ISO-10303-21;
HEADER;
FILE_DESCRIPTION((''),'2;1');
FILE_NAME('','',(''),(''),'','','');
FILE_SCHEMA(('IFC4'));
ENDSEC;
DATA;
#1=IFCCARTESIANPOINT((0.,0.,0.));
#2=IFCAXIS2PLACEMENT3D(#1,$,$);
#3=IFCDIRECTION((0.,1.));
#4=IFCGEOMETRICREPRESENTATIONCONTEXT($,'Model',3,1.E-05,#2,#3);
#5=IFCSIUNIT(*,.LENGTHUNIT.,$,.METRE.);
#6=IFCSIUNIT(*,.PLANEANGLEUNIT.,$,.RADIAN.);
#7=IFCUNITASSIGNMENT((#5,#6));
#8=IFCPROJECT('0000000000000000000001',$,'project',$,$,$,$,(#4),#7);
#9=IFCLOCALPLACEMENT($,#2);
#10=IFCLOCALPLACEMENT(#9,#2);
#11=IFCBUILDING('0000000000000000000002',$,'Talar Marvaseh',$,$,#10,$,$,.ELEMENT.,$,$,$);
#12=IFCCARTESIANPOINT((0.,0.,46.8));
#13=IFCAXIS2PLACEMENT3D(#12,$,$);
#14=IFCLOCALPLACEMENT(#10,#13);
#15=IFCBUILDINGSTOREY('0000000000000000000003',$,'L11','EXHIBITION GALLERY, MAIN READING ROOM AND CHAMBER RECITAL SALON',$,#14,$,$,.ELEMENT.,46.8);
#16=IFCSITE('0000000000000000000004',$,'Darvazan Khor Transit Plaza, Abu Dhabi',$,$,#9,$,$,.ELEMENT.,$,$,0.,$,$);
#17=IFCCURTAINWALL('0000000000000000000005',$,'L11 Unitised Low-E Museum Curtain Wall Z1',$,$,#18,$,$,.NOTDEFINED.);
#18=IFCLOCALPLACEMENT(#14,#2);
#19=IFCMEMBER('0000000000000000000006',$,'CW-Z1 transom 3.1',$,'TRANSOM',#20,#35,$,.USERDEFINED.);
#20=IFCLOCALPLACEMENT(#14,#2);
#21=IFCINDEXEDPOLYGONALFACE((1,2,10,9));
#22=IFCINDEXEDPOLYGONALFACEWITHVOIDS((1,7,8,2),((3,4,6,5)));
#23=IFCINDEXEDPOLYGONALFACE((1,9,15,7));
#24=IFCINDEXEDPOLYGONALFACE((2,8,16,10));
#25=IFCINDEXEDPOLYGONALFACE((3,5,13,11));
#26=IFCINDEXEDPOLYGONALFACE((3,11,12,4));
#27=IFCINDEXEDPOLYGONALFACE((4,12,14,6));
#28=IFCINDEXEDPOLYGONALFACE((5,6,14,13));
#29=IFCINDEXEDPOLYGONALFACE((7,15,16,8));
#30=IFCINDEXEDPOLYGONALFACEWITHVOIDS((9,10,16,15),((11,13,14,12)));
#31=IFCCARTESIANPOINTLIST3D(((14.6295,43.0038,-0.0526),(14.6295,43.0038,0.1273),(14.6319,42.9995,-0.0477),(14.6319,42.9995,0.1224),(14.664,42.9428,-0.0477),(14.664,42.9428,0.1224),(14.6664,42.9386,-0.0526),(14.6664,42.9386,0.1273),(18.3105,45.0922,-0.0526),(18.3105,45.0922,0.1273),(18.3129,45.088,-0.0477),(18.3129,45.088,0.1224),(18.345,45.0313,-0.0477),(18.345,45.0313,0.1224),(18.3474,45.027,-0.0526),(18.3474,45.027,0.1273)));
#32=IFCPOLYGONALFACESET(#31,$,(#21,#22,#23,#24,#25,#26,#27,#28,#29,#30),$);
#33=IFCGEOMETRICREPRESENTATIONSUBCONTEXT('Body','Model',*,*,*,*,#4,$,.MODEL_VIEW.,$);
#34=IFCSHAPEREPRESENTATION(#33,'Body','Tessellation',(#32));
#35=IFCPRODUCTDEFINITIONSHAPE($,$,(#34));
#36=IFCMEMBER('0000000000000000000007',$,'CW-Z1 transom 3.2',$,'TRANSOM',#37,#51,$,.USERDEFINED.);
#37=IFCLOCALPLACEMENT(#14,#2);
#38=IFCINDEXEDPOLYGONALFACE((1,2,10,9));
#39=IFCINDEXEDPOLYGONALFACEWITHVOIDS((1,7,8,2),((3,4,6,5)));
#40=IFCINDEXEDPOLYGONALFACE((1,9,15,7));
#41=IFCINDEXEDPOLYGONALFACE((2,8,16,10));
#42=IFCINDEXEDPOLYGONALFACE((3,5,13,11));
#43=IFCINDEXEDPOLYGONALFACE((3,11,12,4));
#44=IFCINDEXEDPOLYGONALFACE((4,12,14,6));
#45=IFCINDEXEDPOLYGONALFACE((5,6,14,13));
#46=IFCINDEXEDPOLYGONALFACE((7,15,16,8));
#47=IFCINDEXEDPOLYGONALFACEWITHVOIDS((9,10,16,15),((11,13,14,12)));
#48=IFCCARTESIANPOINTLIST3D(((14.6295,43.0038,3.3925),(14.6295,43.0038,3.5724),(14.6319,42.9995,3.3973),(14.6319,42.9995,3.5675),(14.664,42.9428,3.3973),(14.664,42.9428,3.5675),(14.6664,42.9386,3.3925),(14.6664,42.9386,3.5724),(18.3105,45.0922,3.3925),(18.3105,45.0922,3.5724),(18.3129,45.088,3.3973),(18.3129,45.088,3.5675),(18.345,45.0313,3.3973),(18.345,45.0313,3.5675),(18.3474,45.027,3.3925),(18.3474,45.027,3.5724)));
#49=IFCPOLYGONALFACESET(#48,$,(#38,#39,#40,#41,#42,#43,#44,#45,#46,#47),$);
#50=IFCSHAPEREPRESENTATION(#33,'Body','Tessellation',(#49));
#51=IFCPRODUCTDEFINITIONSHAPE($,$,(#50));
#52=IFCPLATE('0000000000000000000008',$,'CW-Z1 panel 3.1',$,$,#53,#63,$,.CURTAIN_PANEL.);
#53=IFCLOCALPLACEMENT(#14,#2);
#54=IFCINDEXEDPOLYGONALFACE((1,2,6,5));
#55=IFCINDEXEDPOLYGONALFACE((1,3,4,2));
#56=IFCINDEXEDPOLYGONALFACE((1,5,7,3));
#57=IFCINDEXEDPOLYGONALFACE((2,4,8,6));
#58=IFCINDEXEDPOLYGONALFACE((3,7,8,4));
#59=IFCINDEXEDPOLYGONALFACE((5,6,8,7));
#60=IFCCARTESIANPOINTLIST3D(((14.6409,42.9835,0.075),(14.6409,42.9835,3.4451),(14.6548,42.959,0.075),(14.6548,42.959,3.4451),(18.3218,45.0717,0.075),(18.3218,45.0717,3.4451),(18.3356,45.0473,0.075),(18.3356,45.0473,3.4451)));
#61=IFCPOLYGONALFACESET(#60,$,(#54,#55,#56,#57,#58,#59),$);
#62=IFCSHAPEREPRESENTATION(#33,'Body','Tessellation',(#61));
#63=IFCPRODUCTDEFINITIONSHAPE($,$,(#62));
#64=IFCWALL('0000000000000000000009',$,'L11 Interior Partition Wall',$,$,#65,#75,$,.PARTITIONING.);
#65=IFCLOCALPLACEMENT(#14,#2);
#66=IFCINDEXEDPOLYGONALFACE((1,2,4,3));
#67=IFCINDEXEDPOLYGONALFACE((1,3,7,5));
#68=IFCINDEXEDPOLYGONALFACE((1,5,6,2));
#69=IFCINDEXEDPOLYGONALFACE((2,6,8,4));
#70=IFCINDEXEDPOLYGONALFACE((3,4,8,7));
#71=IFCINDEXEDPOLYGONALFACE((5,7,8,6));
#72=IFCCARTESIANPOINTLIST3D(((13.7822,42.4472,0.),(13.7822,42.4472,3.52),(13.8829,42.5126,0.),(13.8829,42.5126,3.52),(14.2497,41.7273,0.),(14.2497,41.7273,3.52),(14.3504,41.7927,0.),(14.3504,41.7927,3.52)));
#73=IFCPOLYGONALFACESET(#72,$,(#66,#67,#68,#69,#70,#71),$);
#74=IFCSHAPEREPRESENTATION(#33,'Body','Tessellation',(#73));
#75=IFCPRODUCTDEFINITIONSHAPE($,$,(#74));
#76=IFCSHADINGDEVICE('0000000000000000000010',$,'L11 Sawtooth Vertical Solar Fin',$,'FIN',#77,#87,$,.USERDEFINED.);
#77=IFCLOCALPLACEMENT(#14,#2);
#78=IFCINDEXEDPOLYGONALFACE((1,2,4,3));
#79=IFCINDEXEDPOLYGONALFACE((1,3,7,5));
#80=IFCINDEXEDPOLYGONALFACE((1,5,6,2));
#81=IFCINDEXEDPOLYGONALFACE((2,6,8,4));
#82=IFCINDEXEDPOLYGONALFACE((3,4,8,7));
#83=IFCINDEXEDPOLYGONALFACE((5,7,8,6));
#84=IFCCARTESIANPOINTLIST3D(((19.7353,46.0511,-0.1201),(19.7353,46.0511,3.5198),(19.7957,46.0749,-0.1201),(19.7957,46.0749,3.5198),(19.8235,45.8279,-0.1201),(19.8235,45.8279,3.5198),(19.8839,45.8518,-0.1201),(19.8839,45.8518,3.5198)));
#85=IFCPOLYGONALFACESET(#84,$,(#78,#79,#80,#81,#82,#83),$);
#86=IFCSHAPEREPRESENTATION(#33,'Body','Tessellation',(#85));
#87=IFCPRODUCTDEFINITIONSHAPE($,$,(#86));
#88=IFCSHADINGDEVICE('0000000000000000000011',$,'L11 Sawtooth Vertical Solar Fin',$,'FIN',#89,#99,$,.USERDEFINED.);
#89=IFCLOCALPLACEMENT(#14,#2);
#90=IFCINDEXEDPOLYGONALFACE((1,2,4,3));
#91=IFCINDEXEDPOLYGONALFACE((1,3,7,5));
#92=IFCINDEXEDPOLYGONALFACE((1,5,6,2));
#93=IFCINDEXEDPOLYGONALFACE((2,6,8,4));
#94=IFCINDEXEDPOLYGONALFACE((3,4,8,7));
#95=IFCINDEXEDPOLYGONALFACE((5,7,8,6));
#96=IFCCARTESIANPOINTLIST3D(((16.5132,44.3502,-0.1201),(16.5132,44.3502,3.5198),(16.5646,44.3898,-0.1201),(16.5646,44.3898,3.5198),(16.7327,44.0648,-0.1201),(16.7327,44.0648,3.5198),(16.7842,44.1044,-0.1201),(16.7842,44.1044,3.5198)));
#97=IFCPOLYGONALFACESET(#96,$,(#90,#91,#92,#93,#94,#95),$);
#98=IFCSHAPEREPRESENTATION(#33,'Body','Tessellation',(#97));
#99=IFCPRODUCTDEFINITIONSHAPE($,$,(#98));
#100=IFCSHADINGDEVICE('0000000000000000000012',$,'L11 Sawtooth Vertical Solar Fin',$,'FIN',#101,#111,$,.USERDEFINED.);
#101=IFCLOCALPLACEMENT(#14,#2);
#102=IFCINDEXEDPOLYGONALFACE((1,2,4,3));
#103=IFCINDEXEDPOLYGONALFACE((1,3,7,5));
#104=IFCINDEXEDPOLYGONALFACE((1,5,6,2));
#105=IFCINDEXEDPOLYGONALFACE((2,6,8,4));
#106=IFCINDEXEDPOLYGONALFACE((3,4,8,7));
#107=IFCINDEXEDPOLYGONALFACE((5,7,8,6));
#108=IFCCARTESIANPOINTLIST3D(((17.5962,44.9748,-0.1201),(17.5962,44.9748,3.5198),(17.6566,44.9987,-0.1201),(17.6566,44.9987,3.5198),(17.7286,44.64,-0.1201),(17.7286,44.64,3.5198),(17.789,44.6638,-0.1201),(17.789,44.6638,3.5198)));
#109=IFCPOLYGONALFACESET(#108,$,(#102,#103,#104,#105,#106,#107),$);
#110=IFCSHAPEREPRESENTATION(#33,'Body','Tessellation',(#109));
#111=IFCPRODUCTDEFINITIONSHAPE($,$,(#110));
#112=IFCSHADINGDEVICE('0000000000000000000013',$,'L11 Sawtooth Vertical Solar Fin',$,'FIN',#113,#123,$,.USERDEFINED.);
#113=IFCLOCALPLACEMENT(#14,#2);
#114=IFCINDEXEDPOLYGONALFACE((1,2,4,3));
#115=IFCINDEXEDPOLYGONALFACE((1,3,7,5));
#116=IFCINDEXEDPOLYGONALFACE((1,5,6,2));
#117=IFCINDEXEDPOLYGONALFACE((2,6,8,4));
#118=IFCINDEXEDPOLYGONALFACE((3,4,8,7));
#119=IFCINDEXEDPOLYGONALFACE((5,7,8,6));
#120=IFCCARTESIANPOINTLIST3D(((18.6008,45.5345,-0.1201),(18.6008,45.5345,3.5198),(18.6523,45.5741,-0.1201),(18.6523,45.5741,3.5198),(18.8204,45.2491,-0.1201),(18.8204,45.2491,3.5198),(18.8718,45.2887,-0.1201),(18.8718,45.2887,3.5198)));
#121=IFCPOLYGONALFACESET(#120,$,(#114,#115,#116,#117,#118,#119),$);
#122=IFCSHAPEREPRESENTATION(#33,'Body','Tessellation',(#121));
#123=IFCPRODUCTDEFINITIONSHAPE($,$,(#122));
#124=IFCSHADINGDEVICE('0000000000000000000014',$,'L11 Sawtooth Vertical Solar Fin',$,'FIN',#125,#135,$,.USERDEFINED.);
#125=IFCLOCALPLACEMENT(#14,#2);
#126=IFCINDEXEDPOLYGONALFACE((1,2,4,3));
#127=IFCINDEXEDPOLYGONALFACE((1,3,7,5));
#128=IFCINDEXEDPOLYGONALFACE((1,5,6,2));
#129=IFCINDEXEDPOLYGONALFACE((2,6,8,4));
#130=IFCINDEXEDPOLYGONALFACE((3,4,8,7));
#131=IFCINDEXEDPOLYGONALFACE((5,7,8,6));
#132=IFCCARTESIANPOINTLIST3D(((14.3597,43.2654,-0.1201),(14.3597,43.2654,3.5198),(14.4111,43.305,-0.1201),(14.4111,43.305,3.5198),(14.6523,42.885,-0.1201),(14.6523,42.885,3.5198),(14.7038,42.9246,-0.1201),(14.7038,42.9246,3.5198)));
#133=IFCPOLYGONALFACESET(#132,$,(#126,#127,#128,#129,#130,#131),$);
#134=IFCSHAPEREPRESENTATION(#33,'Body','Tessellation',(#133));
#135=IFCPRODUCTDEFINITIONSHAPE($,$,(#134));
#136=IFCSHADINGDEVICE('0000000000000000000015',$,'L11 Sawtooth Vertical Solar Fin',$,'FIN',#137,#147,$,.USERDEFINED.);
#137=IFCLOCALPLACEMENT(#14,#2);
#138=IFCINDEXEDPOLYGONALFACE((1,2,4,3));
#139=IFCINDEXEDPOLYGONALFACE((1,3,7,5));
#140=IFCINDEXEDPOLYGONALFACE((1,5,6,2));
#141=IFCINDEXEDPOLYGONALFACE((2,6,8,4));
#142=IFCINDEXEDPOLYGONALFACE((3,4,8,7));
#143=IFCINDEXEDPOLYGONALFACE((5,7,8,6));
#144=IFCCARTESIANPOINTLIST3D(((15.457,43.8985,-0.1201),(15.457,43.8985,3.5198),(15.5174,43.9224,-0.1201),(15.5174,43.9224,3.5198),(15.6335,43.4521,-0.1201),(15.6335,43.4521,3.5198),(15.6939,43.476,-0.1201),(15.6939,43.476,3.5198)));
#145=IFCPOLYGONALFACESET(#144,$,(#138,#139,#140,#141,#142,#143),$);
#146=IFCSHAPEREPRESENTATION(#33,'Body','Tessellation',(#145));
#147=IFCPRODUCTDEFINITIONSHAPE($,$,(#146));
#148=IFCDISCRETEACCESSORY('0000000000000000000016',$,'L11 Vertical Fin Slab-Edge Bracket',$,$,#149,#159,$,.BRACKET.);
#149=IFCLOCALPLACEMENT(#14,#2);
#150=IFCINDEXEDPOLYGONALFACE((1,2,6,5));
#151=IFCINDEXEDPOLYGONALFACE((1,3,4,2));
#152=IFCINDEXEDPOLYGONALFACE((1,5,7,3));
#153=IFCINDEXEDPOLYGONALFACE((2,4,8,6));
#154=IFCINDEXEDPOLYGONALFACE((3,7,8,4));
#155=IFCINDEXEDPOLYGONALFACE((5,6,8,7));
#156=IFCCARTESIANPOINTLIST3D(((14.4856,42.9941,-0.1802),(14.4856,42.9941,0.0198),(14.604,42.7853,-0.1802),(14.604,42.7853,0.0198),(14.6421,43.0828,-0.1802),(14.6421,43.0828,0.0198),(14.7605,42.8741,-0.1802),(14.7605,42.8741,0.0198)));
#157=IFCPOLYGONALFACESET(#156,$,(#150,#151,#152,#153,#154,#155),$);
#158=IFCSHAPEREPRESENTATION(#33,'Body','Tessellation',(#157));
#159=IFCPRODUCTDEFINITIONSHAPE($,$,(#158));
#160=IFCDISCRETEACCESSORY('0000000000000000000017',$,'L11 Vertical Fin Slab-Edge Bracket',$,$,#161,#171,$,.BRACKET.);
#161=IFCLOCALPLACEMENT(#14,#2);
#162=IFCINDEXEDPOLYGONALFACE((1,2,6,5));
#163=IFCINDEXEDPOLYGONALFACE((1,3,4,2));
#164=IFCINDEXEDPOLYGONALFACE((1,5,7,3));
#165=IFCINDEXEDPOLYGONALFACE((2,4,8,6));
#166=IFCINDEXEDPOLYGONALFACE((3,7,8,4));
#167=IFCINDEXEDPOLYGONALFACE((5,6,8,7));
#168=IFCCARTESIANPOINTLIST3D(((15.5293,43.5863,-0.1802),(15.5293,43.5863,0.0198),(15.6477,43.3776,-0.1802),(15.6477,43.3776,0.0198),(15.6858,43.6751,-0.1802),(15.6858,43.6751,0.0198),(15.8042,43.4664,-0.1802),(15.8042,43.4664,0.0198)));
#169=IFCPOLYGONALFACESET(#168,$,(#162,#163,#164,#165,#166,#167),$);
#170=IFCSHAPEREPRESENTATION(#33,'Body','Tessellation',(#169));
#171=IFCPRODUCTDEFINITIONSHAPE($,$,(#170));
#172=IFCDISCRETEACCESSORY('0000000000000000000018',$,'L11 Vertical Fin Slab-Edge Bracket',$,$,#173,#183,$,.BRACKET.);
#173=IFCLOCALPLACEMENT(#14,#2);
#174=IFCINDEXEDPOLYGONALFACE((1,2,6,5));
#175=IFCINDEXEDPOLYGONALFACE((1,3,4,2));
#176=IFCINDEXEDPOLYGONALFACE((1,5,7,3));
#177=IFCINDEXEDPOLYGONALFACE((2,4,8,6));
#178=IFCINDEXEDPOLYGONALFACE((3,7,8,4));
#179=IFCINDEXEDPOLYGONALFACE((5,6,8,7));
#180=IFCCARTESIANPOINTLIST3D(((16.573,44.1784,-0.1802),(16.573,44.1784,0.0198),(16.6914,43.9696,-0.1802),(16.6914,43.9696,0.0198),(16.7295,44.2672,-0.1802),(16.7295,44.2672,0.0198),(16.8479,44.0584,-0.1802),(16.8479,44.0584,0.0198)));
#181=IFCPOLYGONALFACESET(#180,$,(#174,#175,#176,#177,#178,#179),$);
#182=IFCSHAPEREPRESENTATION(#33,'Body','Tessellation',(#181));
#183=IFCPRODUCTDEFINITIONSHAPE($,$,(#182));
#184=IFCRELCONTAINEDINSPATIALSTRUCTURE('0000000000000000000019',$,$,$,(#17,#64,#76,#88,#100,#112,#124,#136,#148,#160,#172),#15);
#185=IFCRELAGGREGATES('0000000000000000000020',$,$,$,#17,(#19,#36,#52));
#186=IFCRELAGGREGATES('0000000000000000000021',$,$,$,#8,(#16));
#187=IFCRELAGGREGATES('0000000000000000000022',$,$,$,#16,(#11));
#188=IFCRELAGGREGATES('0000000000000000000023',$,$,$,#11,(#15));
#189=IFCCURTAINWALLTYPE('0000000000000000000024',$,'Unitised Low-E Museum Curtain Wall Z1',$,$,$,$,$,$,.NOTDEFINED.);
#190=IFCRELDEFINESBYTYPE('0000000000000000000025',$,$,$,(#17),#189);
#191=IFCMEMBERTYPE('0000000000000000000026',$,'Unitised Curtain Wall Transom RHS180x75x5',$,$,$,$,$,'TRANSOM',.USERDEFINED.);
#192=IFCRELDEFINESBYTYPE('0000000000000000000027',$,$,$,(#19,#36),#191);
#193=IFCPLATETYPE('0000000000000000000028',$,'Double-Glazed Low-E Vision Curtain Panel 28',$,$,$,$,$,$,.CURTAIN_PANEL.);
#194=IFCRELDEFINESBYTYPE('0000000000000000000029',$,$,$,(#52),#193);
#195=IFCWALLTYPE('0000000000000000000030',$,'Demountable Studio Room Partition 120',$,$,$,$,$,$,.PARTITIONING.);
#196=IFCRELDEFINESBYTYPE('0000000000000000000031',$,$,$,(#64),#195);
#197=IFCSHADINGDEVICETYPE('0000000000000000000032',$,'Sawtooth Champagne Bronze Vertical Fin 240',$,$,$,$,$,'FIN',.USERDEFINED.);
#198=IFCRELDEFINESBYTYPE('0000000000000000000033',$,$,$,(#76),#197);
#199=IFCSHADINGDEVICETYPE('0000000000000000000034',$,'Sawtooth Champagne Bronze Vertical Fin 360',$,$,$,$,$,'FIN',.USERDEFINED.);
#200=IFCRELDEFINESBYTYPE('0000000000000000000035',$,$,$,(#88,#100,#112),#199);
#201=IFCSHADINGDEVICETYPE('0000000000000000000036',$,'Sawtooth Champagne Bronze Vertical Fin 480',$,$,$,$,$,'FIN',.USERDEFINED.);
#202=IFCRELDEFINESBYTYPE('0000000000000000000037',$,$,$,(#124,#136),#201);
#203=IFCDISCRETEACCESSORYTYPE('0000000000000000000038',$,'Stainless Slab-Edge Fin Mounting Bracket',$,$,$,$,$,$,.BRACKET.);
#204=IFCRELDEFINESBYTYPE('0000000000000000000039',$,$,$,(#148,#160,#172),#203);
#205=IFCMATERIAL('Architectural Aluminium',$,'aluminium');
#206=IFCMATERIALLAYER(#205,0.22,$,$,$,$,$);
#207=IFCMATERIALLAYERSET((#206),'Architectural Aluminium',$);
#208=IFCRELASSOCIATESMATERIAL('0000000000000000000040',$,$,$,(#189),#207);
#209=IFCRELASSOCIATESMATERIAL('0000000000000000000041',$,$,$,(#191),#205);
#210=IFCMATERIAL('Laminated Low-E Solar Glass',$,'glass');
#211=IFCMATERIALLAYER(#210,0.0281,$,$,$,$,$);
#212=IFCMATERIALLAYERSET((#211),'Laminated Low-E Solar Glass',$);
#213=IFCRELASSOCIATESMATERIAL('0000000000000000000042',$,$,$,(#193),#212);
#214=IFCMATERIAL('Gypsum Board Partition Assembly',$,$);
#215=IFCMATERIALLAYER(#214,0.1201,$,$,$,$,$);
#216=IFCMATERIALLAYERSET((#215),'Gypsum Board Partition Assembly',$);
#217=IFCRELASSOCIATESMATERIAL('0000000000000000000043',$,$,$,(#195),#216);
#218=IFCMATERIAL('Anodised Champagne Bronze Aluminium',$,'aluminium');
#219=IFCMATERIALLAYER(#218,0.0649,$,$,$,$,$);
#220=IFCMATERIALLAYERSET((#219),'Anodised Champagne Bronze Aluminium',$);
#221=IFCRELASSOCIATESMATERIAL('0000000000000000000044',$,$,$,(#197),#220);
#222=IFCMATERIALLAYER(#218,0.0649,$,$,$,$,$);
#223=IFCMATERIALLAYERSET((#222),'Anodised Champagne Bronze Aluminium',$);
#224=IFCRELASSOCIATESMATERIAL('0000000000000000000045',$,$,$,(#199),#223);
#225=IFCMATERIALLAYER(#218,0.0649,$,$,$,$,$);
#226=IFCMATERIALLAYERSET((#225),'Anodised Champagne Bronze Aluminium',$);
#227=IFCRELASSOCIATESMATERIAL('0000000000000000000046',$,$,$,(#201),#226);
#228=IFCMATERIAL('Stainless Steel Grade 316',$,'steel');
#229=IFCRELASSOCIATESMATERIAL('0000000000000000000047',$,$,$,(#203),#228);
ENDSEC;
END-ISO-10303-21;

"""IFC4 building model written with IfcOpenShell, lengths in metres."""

from ifc_helpers import new_model, si_unit, direction, frame, frame_2d, origin, origin_2d, place, context, subcontext, project, spatial, rectangle, hollow_rectangle, extrude, source, transform, mapped, material, layer, layer_set, material_profile, profile_set, type_object, type_shapes, element, aggregate, save


model = new_model("IFC4")

# Units and contexts
model_context = context("Model", 3, precision=1e-05, world=origin(), true_north=direction((0.0, 1.0)))
body_context = subcontext(model_context, "Body", "Model", "MODEL_VIEW")
ifc_project = project(units=[si_unit("LENGTHUNIT", "METRE"), si_unit("PLANEANGLEUNIT", "RADIAN")], contexts=[model_context])

# Site, building, storey
site_placement = place(None, origin())
site = spatial("IfcSite", under=ifc_project, at=site_placement, Name="Darvazan Khor Transit Plaza, Abu Dhabi", CompositionType="ELEMENT", RefElevation=0.0)
building_placement = place(site_placement, origin())
building = spatial("IfcBuilding", under=site, at=building_placement, Name="Talar Marvaseh", CompositionType="ELEMENT")
storey_placement = place(building_placement, frame((0.0, 0.0, 46.8)))
storey = spatial("IfcBuildingStorey", under=building, at=storey_placement, Name="L11", Description="EXHIBITION GALLERY, MAIN READING ROOM AND CHAMBER RECITAL SALON", CompositionType="ELEMENT", Elevation=46.8)

# Curtain wall, members, plate
ifc_material_1 = material(Name="Architectural Aluminium", Category="aluminium")
ifc_layer_1 = layer(ifc_material_1, 0.22)
ifc_layer_set_1 = layer_set([ifc_layer_1], Name="Architectural Aluminium")
curtain_wall_type = type_object("IfcCurtainWallType", Name="Unitised Low-E Museum Curtain Wall Z1", PredefinedType="NOTDEFINED", material=ifc_layer_set_1)
curtain_wall_placement = place(storey_placement, origin())
curtain_wall = element("IfcCurtainWall", 1, at=curtain_wall_placement, inside=storey, type_object=curtain_wall_type, Name="L11 Unitised Low-E Museum Curtain Wall Z1", PredefinedType="NOTDEFINED")
ifc_material_profile_1 = material_profile(ifc_material_1, hollow_rectangle(XDim=0.075, YDim=0.1799, WallThickness=0.0049, at=origin_2d()), Name="RHS180x75x5")
ifc_profile_set_1 = profile_set([ifc_material_profile_1], Name="Architectural Aluminium")
member_type_1 = type_object("IfcMemberType", Name="Unitised Curtain Wall Transom RHS180x75x5", ElementType="TRANSOM", PredefinedType="USERDEFINED", material=ifc_profile_set_1)
shared_shape_1 = source(origin(), body_context, "Body", "SweptSolid", [
    extrude(hollow_rectangle(XDim=0.075, YDim=0.1799, WallThickness=0.0049, at=origin_2d()), origin(), (0.0, 0.0, 1.0), 4.2322),
])
member_1_placement = place(storey_placement, frame((14.6479, 42.9712, 0.0374), z_axis=(0.869766, 0.493465, 0.0), x_axis=(-0.493465, 0.869766, 0.0)))
member_1 = element("IfcMember", 2, at=member_1_placement, type_object=member_type_1, Name="CW-Z1 transom 3.1", ObjectType="TRANSOM", PredefinedType="USERDEFINED", context=body_context, shape_type="MappedRepresentation", body=[
    mapped(shared_shape_1, transform((0.0, 0.0, 0.0), x_axis=(1.0, 0.0, 0.0), y_axis=(0.0, 1.0, 0.0), z_axis=(0.0, 0.0, 1.0), scale=1.0)),
])
member_2_placement = place(storey_placement, frame((14.6479, 42.9712, 3.4824), z_axis=(0.869766, 0.493465, 0.0), x_axis=(-0.493465, 0.869766, 0.0)))
member_2 = element("IfcMember", 3, at=member_2_placement, type_object=member_type_1, Name="CW-Z1 transom 3.2", ObjectType="TRANSOM", PredefinedType="USERDEFINED", context=body_context, shape_type="MappedRepresentation", body=[
    mapped(shared_shape_1, transform((0.0, 0.0, 0.0), x_axis=(1.0, 0.0, 0.0), y_axis=(0.0, 1.0, 0.0), z_axis=(0.0, 0.0, 1.0), scale=1.0)),
])
ifc_material_2 = material(Name="Laminated Low-E Solar Glass", Category="glass")
ifc_layer_2 = layer(ifc_material_2, 0.0281)
ifc_layer_set_2 = layer_set([ifc_layer_2], Name="Laminated Low-E Solar Glass")
plate_type = type_object("IfcPlateType", Name="Double-Glazed Low-E Vision Curtain Panel 28", PredefinedType="CURTAIN_PANEL", material=ifc_layer_set_2)
shared_shape_2 = source(origin(), body_context, "Body", "SweptSolid", [
    extrude(rectangle(XDim=4.2319, YDim=0.0281, at=origin_2d()), origin(), (0.0, 0.0, 1.0), 3.3701),
])
type_shapes(plate_type, [shared_shape_2])
plate_placement = place(storey_placement, frame((16.4883, 44.0154, 0.075), z_axis=(0.0, 0.0, 1.0), x_axis=(0.869771, 0.493456, 0.0)))
plate = element("IfcPlate", 4, at=plate_placement, type_object=plate_type, Name="CW-Z1 panel 3.1", PredefinedType="CURTAIN_PANEL", context=body_context, shape_type="MappedRepresentation", body=[
    mapped(shared_shape_2, transform((0.0, 0.0, 0.0), x_axis=(1.0, 0.0, 0.0), y_axis=(0.0, 1.0, 0.0), z_axis=(0.0, 0.0, 1.0), scale=1.0)),
])
aggregate(curtain_wall, [member_1, member_2, plate])

# Wall
ifc_material_3 = material(Name="Gypsum Board Partition Assembly")
ifc_layer_3 = layer(ifc_material_3, 0.1201)
ifc_layer_set_3 = layer_set([ifc_layer_3], Name="Gypsum Board Partition Assembly")
wall_type = type_object("IfcWallType", Name="Demountable Studio Room Partition 120", PredefinedType="PARTITIONING", material=ifc_layer_set_3)
wall_placement = place(storey_placement, frame((14.3, 41.76, 0.0), z_axis=(0.0, 0.0, 1.0), x_axis=(-0.544618, 0.838684, 0.0)))
element("IfcWall", 5, at=wall_placement, inside=storey, type_object=wall_type, Name="L11 Interior Partition Wall", PredefinedType="PARTITIONING", context=body_context, shape_type="SweptSolid", body=[
    extrude(rectangle(XDim=0.8584, YDim=0.1201, at=frame_2d((0.4292, 0.0))), origin(), (0.0, 0.0, 1.0), 3.52),
])

# Shading devices
ifc_material_4 = material(Name="Anodised Champagne Bronze Aluminium", Category="aluminium")
ifc_layer_4 = layer(ifc_material_4, 0.0649)
ifc_layer_set_4 = layer_set([ifc_layer_4], Name="Anodised Champagne Bronze Aluminium")
shading_device_type_1 = type_object("IfcShadingDeviceType", Name="Sawtooth Champagne Bronze Vertical Fin 240", ElementType="FIN", PredefinedType="USERDEFINED", material=ifc_layer_set_4)
shared_shape_3 = source(origin(), body_context, "Body", "SweptSolid", [
    extrude(rectangle(XDim=0.24, YDim=0.0649, at=origin_2d()), origin(), (0.0, 0.0, 1.0), 3.6399),
])
type_shapes(shading_device_type_1, [shared_shape_3])
shading_device_placement = place(storey_placement, frame((19.8096, 45.9514, -0.1201), z_axis=(0.0, 0.0, 1.0), x_axis=(-0.367638, 0.929969, 0.0)))
element("IfcShadingDevice", 6, at=shading_device_placement, inside=storey, type_object=shading_device_type_1, Name="L11 Sawtooth Vertical Solar Fin", ObjectType="FIN", PredefinedType="USERDEFINED", context=body_context, shape_type="MappedRepresentation", body=[
    mapped(shared_shape_3, transform((0.0, 0.0, 0.0), x_axis=(1.0, 0.0, 0.0), y_axis=(0.0, 1.0, 0.0), z_axis=(0.0, 0.0, 1.0), scale=1.0)),
])
ifc_layer_5 = layer(ifc_material_4, 0.0649)
ifc_layer_set_5 = layer_set([ifc_layer_5], Name="Anodised Champagne Bronze Aluminium")
shading_device_type_2 = type_object("IfcShadingDeviceType", Name="Sawtooth Champagne Bronze Vertical Fin 360", ElementType="FIN", PredefinedType="USERDEFINED", material=ifc_layer_set_5)
shared_shape_4 = source(origin(), body_context, "Body", "SweptSolid", [
    extrude(rectangle(XDim=0.3601, YDim=0.0649, at=origin_2d()), origin(), (0.0, 0.0, 1.0), 3.6399),
])
type_shapes(shading_device_type_2, [shared_shape_4])
for number, where, z_axis, x_axis, name in (
    (7, (16.6487, 44.2273, -0.1201), (0.0, 0.0, 1.0), (-0.60973, 0.792609, 0.0), "L11 Sawtooth Vertical Solar Fin"),
    (8, (17.6926, 44.8193, -0.1201), (0.0, 0.0, 1.0), (-0.367638, 0.929969, 0.0), "L11 Sawtooth Vertical Solar Fin"),
    (9, (18.7363, 45.4116, -0.1201), (0.0, 0.0, 1.0), (-0.60973, 0.792609, 0.0), "L11 Sawtooth Vertical Solar Fin"),
):
    element("IfcShadingDevice", number, at=place(storey_placement, frame(where, z_axis=z_axis, x_axis=x_axis)), inside=storey, type_object=shading_device_type_2, Name=name, ObjectType="FIN", PredefinedType="USERDEFINED", context=body_context, shape_type="MappedRepresentation", body=[
        mapped(shared_shape_4, transform((0.0, 0.0, 0.0), x_axis=(1.0, 0.0, 0.0), y_axis=(0.0, 1.0, 0.0), z_axis=(0.0, 0.0, 1.0), scale=1.0)),
    ])
ifc_layer_6 = layer(ifc_material_4, 0.0649)
ifc_layer_set_6 = layer_set([ifc_layer_6], Name="Anodised Champagne Bronze Aluminium")
shading_device_type_3 = type_object("IfcShadingDeviceType", Name="Sawtooth Champagne Bronze Vertical Fin 480", ElementType="FIN", PredefinedType="USERDEFINED", material=ifc_layer_set_6)
shared_shape_5 = source(origin(), body_context, "Body", "SweptSolid", [
    extrude(rectangle(XDim=0.48, YDim=0.0649, at=origin_2d()), origin(), (0.0, 0.0, 1.0), 3.6399),
])
type_shapes(shading_device_type_3, [shared_shape_5])
for number, where, z_axis, x_axis, name in (
    (10, (14.5317, 43.095, -0.1201), (0.0, 0.0, 1.0), (-0.60973, 0.792609, 0.0), "L11 Sawtooth Vertical Solar Fin"),
    (11, (15.5754, 43.6873, -0.1201), (0.0, 0.0, 1.0), (-0.367638, 0.929969, 0.0), "L11 Sawtooth Vertical Solar Fin"),
):
    element("IfcShadingDevice", number, at=place(storey_placement, frame(where, z_axis=z_axis, x_axis=x_axis)), inside=storey, type_object=shading_device_type_3, Name=name, ObjectType="FIN", PredefinedType="USERDEFINED", context=body_context, shape_type="MappedRepresentation", body=[
        mapped(shared_shape_5, transform((0.0, 0.0, 0.0), x_axis=(1.0, 0.0, 0.0), y_axis=(0.0, 1.0, 0.0), z_axis=(0.0, 0.0, 1.0), scale=1.0)),
    ])

# Discrete accessories
ifc_material_5 = material(Name="Stainless Steel Grade 316", Category="steel")
discrete_accessory_type = type_object("IfcDiscreteAccessoryType", Name="Stainless Slab-Edge Fin Mounting Bracket", PredefinedType="BRACKET", material=ifc_material_5)
shared_shape_6 = source(origin(), body_context, "Body", "SweptSolid", [
    extrude(rectangle(XDim=0.24, YDim=0.1799, at=origin_2d()), origin(), (0.0, 0.0, 1.0), 0.2),
])
type_shapes(discrete_accessory_type, [shared_shape_6])
for number, where, z_axis, x_axis, name in (
    (12, (14.623, 42.9341, -0.1802), (0.0, 0.0, 1.0), (-0.493487, 0.869753, 0.0), "L11 Vertical Fin Slab-Edge Bracket"),
    (13, (15.6667, 43.5264, -0.1802), (0.0, 0.0, 1.0), (-0.493487, 0.869753, 0.0), "L11 Vertical Fin Slab-Edge Bracket"),
    (14, (16.7104, 44.1184, -0.1802), (0.0, 0.0, 1.0), (-0.493487, 0.869753, 0.0), "L11 Vertical Fin Slab-Edge Bracket"),
):
    element("IfcDiscreteAccessory", number, at=place(storey_placement, frame(where, z_axis=z_axis, x_axis=x_axis)), inside=storey, type_object=discrete_accessory_type, Name=name, PredefinedType="BRACKET", context=body_context, shape_type="MappedRepresentation", body=[
        mapped(shared_shape_6, transform((0.0, 0.0, 0.0), x_axis=(1.0, 0.0, 0.0), y_axis=(0.0, 1.0, 0.0), z_axis=(0.0, 0.0, 1.0), scale=1.0)),
    ])

save(model, "model.ifc")
